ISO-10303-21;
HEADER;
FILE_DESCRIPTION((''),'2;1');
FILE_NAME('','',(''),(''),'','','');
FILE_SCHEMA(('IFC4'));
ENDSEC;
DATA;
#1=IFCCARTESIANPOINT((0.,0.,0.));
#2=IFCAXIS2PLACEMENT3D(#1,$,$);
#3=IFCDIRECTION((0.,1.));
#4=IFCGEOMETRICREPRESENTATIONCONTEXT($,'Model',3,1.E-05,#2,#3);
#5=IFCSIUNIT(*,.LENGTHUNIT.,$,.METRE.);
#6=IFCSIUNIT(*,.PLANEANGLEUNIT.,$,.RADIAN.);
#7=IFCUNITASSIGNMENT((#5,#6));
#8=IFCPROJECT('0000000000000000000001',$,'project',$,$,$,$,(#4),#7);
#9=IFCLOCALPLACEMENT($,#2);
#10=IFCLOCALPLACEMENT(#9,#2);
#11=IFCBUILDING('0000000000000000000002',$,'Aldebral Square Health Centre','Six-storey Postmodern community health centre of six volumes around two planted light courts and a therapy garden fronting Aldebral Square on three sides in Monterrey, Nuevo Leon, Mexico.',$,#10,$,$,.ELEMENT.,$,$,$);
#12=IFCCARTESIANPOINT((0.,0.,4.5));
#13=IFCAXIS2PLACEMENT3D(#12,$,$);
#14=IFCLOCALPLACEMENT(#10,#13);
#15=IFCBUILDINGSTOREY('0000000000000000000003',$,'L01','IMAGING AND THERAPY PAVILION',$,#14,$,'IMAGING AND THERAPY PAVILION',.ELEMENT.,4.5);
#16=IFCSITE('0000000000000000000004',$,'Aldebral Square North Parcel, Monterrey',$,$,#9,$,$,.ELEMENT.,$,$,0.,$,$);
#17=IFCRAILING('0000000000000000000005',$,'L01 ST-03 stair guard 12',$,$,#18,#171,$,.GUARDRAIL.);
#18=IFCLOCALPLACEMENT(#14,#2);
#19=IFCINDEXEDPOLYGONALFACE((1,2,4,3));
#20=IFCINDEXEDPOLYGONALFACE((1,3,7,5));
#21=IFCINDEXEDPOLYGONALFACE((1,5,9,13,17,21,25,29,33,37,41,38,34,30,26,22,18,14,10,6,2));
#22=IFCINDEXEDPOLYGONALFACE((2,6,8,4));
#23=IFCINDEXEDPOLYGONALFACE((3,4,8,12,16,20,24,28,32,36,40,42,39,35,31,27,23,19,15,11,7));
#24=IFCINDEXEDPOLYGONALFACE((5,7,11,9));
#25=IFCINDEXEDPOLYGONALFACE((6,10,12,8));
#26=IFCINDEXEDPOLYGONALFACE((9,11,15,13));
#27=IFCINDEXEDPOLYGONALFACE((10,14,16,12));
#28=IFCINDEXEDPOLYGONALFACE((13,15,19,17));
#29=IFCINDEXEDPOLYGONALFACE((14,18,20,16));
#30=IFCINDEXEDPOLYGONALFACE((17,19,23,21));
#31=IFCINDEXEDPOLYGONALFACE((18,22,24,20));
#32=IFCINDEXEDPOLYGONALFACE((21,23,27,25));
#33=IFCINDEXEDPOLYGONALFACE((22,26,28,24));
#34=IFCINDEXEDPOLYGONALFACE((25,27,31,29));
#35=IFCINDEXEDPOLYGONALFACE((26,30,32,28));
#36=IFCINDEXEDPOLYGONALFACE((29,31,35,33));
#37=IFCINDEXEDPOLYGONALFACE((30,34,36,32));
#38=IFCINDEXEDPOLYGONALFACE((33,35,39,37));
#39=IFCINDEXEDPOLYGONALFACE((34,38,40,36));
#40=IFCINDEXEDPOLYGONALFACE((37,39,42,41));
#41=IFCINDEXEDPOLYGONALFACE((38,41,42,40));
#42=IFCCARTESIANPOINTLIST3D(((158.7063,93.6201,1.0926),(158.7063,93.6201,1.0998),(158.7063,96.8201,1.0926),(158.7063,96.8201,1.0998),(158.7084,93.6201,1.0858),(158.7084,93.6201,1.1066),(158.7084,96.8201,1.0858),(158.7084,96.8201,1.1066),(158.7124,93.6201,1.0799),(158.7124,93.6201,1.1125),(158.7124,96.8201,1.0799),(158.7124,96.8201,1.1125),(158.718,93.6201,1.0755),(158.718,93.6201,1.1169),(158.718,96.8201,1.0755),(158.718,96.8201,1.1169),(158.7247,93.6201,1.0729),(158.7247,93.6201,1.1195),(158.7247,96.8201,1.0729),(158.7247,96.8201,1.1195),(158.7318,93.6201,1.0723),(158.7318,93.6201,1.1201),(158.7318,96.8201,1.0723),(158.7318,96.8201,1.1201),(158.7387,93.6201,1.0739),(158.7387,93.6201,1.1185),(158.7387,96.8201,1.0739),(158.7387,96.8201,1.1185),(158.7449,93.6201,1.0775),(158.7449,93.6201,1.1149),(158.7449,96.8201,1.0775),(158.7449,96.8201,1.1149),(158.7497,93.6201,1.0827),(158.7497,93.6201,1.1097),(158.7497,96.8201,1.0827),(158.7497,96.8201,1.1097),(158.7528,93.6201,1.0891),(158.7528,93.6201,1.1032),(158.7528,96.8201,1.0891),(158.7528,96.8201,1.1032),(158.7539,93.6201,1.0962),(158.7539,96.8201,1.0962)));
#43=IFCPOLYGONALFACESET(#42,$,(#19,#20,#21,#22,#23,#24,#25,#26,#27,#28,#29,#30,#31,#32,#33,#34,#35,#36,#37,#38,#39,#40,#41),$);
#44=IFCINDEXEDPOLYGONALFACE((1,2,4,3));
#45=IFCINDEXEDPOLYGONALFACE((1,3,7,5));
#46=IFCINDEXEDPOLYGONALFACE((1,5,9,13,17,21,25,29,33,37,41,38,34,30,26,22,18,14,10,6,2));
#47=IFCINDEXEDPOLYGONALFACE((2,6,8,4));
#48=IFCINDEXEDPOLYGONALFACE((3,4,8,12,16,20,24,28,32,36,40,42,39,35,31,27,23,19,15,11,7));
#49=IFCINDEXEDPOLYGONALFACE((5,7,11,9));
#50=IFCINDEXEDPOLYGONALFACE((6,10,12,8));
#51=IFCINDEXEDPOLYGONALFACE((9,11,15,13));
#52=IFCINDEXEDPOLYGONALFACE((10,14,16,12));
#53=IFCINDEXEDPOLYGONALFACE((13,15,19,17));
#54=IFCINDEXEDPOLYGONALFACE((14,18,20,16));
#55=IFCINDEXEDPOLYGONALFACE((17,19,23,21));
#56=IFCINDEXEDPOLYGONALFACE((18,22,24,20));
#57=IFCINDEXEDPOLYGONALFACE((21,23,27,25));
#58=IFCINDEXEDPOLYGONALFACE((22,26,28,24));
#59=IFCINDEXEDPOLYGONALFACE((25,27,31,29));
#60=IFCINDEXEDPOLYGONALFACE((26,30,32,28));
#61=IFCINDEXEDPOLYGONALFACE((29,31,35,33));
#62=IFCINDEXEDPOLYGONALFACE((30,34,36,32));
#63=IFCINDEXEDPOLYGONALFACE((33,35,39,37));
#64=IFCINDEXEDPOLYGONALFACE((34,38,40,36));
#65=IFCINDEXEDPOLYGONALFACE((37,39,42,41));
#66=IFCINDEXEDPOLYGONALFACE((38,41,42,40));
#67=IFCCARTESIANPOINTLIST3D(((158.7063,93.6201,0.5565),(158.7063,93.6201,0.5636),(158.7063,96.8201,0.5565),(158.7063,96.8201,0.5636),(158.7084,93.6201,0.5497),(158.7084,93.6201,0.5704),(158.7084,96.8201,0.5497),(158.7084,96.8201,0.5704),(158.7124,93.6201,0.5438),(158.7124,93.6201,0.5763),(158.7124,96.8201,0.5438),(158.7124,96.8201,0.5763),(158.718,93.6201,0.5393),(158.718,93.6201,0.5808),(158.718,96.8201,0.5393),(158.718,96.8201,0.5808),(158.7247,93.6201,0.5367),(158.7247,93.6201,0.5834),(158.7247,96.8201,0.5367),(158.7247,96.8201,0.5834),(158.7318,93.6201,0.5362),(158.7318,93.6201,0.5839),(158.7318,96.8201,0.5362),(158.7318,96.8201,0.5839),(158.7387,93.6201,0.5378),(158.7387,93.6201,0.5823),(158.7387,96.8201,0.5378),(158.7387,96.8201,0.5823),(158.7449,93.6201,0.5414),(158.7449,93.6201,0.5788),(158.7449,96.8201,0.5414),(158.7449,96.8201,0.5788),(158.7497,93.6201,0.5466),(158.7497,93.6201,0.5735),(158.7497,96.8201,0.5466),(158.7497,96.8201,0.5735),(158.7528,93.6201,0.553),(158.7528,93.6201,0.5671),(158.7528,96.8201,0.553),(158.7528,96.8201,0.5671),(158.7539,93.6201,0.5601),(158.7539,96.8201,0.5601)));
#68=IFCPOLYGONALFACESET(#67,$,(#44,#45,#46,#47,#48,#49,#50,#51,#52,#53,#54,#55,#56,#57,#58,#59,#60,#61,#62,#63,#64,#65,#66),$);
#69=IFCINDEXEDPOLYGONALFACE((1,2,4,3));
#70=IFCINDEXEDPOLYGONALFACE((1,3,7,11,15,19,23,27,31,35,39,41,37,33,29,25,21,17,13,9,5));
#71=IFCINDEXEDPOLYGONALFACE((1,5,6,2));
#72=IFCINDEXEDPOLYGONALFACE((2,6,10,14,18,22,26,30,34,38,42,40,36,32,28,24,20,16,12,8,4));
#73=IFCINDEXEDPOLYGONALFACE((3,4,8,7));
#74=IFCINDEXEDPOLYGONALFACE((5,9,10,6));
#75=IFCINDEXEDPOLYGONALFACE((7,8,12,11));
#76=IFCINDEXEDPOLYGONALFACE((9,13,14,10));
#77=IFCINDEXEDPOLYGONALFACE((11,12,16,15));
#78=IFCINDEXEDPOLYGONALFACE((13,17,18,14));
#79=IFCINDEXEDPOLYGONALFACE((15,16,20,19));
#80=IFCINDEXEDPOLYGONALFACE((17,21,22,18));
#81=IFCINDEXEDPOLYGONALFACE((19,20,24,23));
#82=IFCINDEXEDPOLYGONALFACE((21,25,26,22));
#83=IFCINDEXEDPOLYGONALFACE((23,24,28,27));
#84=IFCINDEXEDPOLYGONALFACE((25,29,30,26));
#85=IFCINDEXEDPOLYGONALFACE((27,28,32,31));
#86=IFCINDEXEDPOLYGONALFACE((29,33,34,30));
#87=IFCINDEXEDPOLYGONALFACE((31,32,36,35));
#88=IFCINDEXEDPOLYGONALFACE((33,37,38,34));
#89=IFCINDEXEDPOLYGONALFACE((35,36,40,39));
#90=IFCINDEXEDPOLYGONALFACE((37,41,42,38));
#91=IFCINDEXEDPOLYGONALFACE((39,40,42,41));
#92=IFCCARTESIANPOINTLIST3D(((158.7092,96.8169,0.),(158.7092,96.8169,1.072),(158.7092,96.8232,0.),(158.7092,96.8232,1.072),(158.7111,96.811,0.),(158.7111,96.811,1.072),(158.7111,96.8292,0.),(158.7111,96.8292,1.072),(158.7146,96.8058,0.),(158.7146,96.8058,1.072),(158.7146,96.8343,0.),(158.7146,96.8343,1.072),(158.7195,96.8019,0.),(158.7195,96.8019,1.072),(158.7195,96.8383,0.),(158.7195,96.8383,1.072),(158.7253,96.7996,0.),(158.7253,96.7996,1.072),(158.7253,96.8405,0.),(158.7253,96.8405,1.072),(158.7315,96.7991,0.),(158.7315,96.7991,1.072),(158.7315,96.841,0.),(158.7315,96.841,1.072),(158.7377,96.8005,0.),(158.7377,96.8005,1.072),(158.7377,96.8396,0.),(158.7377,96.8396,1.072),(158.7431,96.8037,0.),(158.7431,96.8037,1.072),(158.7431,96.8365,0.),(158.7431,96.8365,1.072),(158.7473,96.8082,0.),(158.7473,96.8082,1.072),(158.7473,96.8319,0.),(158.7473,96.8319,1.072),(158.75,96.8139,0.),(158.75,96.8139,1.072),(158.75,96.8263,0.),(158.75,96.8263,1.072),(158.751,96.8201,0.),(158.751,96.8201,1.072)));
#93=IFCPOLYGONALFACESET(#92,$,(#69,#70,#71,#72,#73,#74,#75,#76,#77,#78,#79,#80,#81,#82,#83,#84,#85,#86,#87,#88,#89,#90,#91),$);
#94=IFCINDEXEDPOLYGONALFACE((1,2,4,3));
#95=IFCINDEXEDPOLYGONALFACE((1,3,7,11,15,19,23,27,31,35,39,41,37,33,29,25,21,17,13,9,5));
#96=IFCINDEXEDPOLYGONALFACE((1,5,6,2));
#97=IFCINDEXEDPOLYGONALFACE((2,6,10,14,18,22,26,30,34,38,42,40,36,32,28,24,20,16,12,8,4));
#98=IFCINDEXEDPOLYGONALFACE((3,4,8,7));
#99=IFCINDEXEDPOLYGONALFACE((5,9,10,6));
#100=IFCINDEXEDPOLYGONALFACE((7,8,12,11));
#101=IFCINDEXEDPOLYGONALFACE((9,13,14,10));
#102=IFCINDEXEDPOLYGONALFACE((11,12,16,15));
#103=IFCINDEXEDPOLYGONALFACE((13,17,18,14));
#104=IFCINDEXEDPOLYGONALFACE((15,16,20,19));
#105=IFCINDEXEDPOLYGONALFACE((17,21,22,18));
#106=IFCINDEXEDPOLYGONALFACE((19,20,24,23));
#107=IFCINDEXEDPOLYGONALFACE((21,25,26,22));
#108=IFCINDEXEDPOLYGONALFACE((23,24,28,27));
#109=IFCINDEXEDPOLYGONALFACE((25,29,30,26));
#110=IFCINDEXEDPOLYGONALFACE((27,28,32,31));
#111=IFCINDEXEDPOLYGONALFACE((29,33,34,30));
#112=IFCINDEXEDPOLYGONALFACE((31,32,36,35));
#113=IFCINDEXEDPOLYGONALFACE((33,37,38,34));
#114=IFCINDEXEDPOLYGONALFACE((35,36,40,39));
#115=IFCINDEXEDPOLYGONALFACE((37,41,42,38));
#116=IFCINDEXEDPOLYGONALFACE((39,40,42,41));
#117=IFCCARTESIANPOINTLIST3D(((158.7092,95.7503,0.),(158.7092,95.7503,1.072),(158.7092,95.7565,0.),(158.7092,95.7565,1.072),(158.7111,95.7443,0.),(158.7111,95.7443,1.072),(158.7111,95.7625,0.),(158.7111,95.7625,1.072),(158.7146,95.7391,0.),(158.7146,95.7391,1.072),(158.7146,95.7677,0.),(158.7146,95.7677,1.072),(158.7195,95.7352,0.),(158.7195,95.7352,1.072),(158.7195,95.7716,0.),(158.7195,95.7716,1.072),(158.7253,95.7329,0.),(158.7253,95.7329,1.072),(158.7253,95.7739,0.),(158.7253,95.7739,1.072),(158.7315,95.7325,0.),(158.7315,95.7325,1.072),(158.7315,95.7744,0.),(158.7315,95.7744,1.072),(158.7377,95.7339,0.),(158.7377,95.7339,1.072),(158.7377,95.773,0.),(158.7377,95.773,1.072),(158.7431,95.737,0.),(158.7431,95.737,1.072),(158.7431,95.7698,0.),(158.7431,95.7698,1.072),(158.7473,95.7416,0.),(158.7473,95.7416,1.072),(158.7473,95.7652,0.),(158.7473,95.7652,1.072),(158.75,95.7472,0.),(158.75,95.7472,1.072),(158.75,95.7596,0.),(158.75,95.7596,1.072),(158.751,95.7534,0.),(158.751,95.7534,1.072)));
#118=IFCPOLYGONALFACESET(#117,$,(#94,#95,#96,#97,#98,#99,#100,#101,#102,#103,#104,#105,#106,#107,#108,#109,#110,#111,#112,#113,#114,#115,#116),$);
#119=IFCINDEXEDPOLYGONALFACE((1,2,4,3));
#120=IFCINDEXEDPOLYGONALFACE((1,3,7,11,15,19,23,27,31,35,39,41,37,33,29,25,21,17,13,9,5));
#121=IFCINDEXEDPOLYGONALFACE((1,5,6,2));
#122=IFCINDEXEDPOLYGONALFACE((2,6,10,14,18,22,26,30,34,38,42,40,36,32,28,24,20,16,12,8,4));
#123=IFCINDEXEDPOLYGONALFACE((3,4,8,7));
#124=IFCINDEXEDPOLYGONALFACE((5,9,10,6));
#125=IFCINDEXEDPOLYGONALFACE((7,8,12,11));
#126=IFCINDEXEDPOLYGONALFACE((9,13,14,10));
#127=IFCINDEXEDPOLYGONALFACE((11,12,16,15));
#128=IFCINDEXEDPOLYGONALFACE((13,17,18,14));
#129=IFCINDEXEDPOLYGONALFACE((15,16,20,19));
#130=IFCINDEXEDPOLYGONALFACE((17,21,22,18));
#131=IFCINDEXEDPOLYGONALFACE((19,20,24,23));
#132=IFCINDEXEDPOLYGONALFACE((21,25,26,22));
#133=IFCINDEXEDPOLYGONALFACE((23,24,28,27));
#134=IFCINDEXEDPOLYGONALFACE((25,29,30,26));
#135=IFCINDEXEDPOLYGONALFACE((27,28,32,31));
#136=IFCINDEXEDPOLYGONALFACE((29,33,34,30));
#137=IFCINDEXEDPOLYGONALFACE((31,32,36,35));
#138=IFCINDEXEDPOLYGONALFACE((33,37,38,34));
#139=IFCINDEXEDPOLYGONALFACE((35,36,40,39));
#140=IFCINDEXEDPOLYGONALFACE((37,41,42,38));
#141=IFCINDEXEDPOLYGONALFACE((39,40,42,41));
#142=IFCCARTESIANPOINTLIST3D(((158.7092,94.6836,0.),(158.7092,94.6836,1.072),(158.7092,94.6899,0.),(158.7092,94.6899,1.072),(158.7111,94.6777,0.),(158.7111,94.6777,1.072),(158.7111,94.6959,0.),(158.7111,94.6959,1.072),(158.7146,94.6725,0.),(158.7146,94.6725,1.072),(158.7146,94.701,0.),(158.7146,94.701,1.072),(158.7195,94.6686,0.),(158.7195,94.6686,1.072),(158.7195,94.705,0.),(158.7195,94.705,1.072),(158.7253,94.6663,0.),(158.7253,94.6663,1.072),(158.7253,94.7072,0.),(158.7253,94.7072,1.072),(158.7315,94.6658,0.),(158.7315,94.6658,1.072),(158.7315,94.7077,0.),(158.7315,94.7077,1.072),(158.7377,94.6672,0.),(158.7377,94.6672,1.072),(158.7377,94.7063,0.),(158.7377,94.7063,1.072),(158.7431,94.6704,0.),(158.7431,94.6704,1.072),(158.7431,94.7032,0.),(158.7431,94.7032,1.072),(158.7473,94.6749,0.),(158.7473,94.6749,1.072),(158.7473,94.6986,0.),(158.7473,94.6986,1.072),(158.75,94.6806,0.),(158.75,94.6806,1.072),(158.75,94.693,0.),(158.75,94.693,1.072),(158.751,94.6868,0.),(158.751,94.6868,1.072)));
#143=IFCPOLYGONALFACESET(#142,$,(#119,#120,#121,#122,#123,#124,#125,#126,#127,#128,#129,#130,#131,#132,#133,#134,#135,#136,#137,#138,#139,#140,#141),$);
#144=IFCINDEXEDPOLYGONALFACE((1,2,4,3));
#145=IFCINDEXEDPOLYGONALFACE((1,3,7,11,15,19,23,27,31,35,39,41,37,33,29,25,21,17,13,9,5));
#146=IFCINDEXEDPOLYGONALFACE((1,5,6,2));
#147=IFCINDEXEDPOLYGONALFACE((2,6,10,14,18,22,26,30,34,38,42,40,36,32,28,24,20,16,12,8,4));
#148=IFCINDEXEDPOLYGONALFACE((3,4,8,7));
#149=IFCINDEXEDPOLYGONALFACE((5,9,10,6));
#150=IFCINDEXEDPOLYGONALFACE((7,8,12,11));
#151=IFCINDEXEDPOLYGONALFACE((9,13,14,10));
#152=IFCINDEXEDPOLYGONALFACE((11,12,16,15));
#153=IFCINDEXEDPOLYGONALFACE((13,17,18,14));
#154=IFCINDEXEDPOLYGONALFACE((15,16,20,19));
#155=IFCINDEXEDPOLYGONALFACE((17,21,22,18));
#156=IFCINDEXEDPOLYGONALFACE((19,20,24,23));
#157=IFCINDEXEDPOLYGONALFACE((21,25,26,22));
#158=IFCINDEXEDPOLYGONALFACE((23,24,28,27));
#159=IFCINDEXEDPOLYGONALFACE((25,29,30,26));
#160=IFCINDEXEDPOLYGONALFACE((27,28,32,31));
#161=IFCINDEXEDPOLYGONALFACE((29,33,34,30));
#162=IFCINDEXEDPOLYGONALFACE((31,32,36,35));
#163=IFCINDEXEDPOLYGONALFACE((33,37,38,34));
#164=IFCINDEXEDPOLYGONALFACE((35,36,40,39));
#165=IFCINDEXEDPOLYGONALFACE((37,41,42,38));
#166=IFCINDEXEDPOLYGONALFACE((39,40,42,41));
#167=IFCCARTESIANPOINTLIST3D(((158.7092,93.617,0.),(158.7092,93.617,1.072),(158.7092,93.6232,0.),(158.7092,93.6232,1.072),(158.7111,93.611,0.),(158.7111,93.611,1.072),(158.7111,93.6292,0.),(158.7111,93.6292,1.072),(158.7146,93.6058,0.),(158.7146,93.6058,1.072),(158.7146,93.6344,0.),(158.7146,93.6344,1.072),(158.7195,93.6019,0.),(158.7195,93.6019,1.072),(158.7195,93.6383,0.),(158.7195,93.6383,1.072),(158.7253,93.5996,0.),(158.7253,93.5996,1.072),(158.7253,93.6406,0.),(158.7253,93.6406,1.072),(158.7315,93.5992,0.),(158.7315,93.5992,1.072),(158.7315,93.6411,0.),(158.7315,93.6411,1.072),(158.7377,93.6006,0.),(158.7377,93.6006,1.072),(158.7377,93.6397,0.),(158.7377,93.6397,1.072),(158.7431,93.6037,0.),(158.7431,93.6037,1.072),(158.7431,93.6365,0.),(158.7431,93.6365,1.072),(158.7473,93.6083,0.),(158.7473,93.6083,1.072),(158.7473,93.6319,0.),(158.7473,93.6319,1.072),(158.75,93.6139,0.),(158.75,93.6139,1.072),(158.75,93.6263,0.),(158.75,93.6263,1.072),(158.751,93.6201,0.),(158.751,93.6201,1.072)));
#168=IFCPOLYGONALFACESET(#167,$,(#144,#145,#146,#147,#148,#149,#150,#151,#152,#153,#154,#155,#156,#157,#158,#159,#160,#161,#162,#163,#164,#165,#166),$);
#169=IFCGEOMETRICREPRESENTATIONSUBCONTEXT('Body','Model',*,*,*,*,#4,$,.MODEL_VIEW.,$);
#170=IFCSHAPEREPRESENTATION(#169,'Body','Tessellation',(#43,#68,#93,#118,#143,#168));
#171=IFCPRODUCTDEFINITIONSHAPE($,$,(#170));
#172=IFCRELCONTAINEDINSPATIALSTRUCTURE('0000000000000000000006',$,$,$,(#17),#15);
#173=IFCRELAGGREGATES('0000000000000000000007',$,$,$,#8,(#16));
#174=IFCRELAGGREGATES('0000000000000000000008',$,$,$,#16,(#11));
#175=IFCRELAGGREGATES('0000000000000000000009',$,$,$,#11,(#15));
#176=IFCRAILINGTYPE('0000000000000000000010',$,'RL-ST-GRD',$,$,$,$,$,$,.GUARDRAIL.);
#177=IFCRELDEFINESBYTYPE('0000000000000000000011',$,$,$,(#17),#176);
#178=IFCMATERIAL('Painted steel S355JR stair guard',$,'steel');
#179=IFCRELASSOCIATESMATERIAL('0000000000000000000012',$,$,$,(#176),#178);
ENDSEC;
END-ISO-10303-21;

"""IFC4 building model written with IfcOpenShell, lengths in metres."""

from ifc_helpers import new_model, si_unit, direction, frame, origin, origin_2d, place, context, subcontext, project, spatial, circle, extrude, material, type_object, element, save


model = new_model("IFC4")

# Units and contexts
model_context = context("Model", 3, precision=1e-05, world=origin(), true_north=direction((0.0, 1.0)))
body_context = subcontext(model_context, "Body", "Model", "MODEL_VIEW")
ifc_project = project(units=[si_unit("LENGTHUNIT", "METRE"), si_unit("PLANEANGLEUNIT", "RADIAN")], contexts=[model_context])

# Site, building, storey
site_placement = place(None, origin())
site = spatial("IfcSite", under=ifc_project, at=site_placement, Name="Aldebral Square North Parcel, Monterrey", CompositionType="ELEMENT", RefElevation=0.0)
building_placement = place(site_placement, origin())
building = spatial("IfcBuilding", under=site, at=building_placement, Name="Aldebral Square Health Centre", Description="Six-storey Postmodern community health centre of six volumes around two planted light courts and a therapy garden fronting Aldebral Square on three sides in Monterrey, Nuevo Leon, Mexico.", CompositionType="ELEMENT")
storey_placement = place(building_placement, frame((0.0, 0.0, 4.5)))
storey = spatial("IfcBuildingStorey", under=building, at=storey_placement, Name="L01", Description="IMAGING AND THERAPY PAVILION", LongName="IMAGING AND THERAPY PAVILION", CompositionType="ELEMENT", Elevation=4.5)

# Railing
ifc_material_1 = material(Name="Painted steel S355JR stair guard", Category="steel")
railing_type_1 = type_object("IfcRailingType", Name="RL-ST-GRD", PredefinedType="GUARDRAIL", material=ifc_material_1)
railing_1_placement = place(storey_placement, frame((158.73, 96.8201, 0.0)))
element("IfcRailing", 1, at=railing_1_placement, inside=storey, type_object=railing_type_1, Name="L01 ST-03 stair guard 12", PredefinedType="GUARDRAIL", context=body_context, shape_type="SweptSolid", body=[
    extrude(circle(Radius=0.0239, at=origin_2d()), frame((0.0, 0.0, 1.0962), z_axis=(0.0, -1.0, 0.0), x_axis=(1.0, 0.0, 0.0)), (0.0, 0.0, 1.0), 3.2),
    extrude(circle(Radius=0.0239, at=origin_2d()), frame((0.0, 0.0, 0.5601), z_axis=(0.0, -1.0, 0.0), x_axis=(1.0, 0.0, 0.0)), (0.0, 0.0, 1.0), 3.2),
    extrude(circle(Radius=0.021, at=origin_2d()), origin(), (0.0, 0.0, 1.0), 1.072),
    extrude(circle(Radius=0.021, at=origin_2d()), frame((0.0, -1.0667, 0.0)), (0.0, 0.0, 1.0), 1.072),
    extrude(circle(Radius=0.021, at=origin_2d()), frame((0.0, -2.1333, 0.0)), (0.0, 0.0, 1.0), 1.072),
    extrude(circle(Radius=0.021, at=origin_2d()), frame((0.0, -3.2, 0.0)), (0.0, 0.0, 1.0), 1.072),
])

save(model, "model.ifc")
